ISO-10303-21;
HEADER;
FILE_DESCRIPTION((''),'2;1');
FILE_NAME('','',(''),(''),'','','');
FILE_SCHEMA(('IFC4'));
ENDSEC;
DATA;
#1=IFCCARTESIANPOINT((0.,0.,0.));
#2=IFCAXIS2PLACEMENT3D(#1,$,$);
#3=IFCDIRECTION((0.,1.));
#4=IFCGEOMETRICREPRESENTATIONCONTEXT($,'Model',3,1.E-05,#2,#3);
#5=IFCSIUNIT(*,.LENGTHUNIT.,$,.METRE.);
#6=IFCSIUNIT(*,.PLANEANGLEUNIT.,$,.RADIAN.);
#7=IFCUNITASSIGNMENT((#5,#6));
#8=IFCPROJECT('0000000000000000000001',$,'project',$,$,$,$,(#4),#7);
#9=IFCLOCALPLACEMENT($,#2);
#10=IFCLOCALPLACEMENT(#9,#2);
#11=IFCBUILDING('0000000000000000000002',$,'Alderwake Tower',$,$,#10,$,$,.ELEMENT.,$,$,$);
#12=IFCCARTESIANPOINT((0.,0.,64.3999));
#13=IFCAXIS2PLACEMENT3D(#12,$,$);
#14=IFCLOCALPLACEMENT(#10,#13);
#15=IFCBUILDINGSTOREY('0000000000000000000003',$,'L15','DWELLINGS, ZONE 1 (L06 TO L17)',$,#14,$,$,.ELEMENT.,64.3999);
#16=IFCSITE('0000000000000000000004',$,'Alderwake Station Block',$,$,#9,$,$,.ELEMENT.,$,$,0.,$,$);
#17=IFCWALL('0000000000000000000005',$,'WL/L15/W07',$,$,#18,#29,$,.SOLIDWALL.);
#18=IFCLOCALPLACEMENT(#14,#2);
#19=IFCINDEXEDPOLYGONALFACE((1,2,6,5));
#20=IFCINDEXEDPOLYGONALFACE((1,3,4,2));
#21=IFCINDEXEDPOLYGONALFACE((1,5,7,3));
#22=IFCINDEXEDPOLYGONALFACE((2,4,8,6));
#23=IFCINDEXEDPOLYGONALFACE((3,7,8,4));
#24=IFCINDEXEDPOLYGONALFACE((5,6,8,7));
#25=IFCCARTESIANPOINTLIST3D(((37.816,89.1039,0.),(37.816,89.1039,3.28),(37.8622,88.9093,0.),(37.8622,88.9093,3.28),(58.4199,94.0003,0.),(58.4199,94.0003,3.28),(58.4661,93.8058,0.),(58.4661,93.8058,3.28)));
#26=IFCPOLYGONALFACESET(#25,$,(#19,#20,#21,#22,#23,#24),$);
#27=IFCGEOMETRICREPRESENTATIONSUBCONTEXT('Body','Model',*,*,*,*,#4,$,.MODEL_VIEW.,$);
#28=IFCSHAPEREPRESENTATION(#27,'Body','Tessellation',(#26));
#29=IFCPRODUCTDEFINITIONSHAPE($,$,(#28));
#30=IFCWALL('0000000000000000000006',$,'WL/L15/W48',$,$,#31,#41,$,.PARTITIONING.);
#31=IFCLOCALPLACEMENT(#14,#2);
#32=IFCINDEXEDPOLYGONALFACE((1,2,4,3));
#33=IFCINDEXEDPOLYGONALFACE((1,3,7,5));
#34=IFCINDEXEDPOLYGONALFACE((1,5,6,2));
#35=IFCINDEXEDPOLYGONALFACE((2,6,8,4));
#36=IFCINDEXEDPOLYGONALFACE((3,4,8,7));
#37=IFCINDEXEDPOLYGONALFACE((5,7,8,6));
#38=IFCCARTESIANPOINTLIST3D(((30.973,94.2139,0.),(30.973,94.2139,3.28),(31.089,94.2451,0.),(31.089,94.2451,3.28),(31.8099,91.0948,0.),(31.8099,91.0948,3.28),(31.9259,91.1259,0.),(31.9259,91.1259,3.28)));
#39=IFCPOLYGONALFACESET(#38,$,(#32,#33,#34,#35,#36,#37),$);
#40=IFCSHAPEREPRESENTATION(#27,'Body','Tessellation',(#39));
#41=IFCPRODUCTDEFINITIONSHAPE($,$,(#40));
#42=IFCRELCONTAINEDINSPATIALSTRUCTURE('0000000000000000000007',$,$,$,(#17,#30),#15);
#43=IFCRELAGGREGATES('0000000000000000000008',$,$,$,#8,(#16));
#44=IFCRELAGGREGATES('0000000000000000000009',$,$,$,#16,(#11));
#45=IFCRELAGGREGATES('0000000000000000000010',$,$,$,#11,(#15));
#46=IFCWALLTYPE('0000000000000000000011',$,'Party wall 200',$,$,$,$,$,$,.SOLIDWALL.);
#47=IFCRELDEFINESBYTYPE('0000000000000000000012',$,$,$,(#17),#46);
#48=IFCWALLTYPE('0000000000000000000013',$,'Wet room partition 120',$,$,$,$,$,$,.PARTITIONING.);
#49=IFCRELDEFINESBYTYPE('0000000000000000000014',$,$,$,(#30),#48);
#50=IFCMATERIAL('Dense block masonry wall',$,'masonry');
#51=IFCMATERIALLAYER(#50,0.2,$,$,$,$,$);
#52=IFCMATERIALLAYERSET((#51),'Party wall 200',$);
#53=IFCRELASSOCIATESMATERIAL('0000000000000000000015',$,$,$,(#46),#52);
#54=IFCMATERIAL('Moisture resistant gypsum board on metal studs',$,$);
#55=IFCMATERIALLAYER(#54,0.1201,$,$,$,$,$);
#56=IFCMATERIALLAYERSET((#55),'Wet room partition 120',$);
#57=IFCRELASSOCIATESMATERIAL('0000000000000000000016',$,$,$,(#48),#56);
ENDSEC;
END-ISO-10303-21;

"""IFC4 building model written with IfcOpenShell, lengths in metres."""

from ifc_helpers import new_model, si_unit, direction, frame, frame_2d, origin, place, context, subcontext, project, spatial, rectangle, extrude, material, layer, layer_set, type_object, element, save


model = new_model("IFC4")

# Units and contexts
model_context = context("Model", 3, precision=1e-05, world=origin(), true_north=direction((0.0, 1.0)))
body_context = subcontext(model_context, "Body", "Model", "MODEL_VIEW")
ifc_project = project(units=[si_unit("LENGTHUNIT", "METRE"), si_unit("PLANEANGLEUNIT", "RADIAN")], contexts=[model_context])

# Site, building, storey
site_placement = place(None, origin())
site = spatial("IfcSite", under=ifc_project, at=site_placement, Name="Alderwake Station Block", CompositionType="ELEMENT", RefElevation=0.0)
building_placement = place(site_placement, origin())
building = spatial("IfcBuilding", under=site, at=building_placement, Name="Alderwake Tower", CompositionType="ELEMENT")
storey_placement = place(building_placement, frame((0.0, 0.0, 64.3999)))
storey = spatial("IfcBuildingStorey", under=building, at=storey_placement, Name="L15", Description="DWELLINGS, ZONE 1 (L06 TO L17)", CompositionType="ELEMENT", Elevation=64.3999)

# Walls
ifc_material_1 = material(Name="Dense block masonry wall", Category="masonry")
ifc_layer_1 = layer(ifc_material_1, 0.2)
ifc_layer_set_1 = layer_set([ifc_layer_1], Name="Party wall 200")
wall_type_1 = type_object("IfcWallType", Name="Party wall 200", PredefinedType="SOLIDWALL", material=ifc_layer_set_1)
wall_1_placement = place(storey_placement, frame((37.8391, 89.0066, 0.0), z_axis=(0.0, 0.0, 1.0), x_axis=(0.972904, 0.231208, 0.0)))
element("IfcWall", 1, at=wall_1_placement, inside=storey, type_object=wall_type_1, Name="WL/L15/W07", PredefinedType="SOLIDWALL", context=body_context, shape_type="SweptSolid", body=[
    extrude(rectangle(XDim=21.1777, YDim=0.2, at=frame_2d((10.5889, 0.0))), origin(), (0.0, 0.0, 1.0), 3.28),
])
ifc_material_2 = material(Name="Moisture resistant gypsum board on metal studs")
ifc_layer_2 = layer(ifc_material_2, 0.1201)
ifc_layer_set_2 = layer_set([ifc_layer_2], Name="Wet room partition 120")
wall_type_2 = type_object("IfcWallType", Name="Wet room partition 120", PredefinedType="PARTITIONING", material=ifc_layer_set_2)
wall_2_placement = place(storey_placement, frame((31.031, 94.2295, 0.0), z_axis=(0.0, 0.0, 1.0), x_axis=(0.259149, -0.965837, 0.0)))
element("IfcWall", 2, at=wall_2_placement, inside=storey, type_object=wall_type_2, Name="WL/L15/W48", PredefinedType="PARTITIONING", context=body_context, shape_type="SweptSolid", body=[
    extrude(rectangle(XDim=3.2295, YDim=0.1201, at=frame_2d((1.6147, 0.0))), origin(), (0.0, 0.0, 1.0), 3.28),
])

save(model, "model.ifc")
